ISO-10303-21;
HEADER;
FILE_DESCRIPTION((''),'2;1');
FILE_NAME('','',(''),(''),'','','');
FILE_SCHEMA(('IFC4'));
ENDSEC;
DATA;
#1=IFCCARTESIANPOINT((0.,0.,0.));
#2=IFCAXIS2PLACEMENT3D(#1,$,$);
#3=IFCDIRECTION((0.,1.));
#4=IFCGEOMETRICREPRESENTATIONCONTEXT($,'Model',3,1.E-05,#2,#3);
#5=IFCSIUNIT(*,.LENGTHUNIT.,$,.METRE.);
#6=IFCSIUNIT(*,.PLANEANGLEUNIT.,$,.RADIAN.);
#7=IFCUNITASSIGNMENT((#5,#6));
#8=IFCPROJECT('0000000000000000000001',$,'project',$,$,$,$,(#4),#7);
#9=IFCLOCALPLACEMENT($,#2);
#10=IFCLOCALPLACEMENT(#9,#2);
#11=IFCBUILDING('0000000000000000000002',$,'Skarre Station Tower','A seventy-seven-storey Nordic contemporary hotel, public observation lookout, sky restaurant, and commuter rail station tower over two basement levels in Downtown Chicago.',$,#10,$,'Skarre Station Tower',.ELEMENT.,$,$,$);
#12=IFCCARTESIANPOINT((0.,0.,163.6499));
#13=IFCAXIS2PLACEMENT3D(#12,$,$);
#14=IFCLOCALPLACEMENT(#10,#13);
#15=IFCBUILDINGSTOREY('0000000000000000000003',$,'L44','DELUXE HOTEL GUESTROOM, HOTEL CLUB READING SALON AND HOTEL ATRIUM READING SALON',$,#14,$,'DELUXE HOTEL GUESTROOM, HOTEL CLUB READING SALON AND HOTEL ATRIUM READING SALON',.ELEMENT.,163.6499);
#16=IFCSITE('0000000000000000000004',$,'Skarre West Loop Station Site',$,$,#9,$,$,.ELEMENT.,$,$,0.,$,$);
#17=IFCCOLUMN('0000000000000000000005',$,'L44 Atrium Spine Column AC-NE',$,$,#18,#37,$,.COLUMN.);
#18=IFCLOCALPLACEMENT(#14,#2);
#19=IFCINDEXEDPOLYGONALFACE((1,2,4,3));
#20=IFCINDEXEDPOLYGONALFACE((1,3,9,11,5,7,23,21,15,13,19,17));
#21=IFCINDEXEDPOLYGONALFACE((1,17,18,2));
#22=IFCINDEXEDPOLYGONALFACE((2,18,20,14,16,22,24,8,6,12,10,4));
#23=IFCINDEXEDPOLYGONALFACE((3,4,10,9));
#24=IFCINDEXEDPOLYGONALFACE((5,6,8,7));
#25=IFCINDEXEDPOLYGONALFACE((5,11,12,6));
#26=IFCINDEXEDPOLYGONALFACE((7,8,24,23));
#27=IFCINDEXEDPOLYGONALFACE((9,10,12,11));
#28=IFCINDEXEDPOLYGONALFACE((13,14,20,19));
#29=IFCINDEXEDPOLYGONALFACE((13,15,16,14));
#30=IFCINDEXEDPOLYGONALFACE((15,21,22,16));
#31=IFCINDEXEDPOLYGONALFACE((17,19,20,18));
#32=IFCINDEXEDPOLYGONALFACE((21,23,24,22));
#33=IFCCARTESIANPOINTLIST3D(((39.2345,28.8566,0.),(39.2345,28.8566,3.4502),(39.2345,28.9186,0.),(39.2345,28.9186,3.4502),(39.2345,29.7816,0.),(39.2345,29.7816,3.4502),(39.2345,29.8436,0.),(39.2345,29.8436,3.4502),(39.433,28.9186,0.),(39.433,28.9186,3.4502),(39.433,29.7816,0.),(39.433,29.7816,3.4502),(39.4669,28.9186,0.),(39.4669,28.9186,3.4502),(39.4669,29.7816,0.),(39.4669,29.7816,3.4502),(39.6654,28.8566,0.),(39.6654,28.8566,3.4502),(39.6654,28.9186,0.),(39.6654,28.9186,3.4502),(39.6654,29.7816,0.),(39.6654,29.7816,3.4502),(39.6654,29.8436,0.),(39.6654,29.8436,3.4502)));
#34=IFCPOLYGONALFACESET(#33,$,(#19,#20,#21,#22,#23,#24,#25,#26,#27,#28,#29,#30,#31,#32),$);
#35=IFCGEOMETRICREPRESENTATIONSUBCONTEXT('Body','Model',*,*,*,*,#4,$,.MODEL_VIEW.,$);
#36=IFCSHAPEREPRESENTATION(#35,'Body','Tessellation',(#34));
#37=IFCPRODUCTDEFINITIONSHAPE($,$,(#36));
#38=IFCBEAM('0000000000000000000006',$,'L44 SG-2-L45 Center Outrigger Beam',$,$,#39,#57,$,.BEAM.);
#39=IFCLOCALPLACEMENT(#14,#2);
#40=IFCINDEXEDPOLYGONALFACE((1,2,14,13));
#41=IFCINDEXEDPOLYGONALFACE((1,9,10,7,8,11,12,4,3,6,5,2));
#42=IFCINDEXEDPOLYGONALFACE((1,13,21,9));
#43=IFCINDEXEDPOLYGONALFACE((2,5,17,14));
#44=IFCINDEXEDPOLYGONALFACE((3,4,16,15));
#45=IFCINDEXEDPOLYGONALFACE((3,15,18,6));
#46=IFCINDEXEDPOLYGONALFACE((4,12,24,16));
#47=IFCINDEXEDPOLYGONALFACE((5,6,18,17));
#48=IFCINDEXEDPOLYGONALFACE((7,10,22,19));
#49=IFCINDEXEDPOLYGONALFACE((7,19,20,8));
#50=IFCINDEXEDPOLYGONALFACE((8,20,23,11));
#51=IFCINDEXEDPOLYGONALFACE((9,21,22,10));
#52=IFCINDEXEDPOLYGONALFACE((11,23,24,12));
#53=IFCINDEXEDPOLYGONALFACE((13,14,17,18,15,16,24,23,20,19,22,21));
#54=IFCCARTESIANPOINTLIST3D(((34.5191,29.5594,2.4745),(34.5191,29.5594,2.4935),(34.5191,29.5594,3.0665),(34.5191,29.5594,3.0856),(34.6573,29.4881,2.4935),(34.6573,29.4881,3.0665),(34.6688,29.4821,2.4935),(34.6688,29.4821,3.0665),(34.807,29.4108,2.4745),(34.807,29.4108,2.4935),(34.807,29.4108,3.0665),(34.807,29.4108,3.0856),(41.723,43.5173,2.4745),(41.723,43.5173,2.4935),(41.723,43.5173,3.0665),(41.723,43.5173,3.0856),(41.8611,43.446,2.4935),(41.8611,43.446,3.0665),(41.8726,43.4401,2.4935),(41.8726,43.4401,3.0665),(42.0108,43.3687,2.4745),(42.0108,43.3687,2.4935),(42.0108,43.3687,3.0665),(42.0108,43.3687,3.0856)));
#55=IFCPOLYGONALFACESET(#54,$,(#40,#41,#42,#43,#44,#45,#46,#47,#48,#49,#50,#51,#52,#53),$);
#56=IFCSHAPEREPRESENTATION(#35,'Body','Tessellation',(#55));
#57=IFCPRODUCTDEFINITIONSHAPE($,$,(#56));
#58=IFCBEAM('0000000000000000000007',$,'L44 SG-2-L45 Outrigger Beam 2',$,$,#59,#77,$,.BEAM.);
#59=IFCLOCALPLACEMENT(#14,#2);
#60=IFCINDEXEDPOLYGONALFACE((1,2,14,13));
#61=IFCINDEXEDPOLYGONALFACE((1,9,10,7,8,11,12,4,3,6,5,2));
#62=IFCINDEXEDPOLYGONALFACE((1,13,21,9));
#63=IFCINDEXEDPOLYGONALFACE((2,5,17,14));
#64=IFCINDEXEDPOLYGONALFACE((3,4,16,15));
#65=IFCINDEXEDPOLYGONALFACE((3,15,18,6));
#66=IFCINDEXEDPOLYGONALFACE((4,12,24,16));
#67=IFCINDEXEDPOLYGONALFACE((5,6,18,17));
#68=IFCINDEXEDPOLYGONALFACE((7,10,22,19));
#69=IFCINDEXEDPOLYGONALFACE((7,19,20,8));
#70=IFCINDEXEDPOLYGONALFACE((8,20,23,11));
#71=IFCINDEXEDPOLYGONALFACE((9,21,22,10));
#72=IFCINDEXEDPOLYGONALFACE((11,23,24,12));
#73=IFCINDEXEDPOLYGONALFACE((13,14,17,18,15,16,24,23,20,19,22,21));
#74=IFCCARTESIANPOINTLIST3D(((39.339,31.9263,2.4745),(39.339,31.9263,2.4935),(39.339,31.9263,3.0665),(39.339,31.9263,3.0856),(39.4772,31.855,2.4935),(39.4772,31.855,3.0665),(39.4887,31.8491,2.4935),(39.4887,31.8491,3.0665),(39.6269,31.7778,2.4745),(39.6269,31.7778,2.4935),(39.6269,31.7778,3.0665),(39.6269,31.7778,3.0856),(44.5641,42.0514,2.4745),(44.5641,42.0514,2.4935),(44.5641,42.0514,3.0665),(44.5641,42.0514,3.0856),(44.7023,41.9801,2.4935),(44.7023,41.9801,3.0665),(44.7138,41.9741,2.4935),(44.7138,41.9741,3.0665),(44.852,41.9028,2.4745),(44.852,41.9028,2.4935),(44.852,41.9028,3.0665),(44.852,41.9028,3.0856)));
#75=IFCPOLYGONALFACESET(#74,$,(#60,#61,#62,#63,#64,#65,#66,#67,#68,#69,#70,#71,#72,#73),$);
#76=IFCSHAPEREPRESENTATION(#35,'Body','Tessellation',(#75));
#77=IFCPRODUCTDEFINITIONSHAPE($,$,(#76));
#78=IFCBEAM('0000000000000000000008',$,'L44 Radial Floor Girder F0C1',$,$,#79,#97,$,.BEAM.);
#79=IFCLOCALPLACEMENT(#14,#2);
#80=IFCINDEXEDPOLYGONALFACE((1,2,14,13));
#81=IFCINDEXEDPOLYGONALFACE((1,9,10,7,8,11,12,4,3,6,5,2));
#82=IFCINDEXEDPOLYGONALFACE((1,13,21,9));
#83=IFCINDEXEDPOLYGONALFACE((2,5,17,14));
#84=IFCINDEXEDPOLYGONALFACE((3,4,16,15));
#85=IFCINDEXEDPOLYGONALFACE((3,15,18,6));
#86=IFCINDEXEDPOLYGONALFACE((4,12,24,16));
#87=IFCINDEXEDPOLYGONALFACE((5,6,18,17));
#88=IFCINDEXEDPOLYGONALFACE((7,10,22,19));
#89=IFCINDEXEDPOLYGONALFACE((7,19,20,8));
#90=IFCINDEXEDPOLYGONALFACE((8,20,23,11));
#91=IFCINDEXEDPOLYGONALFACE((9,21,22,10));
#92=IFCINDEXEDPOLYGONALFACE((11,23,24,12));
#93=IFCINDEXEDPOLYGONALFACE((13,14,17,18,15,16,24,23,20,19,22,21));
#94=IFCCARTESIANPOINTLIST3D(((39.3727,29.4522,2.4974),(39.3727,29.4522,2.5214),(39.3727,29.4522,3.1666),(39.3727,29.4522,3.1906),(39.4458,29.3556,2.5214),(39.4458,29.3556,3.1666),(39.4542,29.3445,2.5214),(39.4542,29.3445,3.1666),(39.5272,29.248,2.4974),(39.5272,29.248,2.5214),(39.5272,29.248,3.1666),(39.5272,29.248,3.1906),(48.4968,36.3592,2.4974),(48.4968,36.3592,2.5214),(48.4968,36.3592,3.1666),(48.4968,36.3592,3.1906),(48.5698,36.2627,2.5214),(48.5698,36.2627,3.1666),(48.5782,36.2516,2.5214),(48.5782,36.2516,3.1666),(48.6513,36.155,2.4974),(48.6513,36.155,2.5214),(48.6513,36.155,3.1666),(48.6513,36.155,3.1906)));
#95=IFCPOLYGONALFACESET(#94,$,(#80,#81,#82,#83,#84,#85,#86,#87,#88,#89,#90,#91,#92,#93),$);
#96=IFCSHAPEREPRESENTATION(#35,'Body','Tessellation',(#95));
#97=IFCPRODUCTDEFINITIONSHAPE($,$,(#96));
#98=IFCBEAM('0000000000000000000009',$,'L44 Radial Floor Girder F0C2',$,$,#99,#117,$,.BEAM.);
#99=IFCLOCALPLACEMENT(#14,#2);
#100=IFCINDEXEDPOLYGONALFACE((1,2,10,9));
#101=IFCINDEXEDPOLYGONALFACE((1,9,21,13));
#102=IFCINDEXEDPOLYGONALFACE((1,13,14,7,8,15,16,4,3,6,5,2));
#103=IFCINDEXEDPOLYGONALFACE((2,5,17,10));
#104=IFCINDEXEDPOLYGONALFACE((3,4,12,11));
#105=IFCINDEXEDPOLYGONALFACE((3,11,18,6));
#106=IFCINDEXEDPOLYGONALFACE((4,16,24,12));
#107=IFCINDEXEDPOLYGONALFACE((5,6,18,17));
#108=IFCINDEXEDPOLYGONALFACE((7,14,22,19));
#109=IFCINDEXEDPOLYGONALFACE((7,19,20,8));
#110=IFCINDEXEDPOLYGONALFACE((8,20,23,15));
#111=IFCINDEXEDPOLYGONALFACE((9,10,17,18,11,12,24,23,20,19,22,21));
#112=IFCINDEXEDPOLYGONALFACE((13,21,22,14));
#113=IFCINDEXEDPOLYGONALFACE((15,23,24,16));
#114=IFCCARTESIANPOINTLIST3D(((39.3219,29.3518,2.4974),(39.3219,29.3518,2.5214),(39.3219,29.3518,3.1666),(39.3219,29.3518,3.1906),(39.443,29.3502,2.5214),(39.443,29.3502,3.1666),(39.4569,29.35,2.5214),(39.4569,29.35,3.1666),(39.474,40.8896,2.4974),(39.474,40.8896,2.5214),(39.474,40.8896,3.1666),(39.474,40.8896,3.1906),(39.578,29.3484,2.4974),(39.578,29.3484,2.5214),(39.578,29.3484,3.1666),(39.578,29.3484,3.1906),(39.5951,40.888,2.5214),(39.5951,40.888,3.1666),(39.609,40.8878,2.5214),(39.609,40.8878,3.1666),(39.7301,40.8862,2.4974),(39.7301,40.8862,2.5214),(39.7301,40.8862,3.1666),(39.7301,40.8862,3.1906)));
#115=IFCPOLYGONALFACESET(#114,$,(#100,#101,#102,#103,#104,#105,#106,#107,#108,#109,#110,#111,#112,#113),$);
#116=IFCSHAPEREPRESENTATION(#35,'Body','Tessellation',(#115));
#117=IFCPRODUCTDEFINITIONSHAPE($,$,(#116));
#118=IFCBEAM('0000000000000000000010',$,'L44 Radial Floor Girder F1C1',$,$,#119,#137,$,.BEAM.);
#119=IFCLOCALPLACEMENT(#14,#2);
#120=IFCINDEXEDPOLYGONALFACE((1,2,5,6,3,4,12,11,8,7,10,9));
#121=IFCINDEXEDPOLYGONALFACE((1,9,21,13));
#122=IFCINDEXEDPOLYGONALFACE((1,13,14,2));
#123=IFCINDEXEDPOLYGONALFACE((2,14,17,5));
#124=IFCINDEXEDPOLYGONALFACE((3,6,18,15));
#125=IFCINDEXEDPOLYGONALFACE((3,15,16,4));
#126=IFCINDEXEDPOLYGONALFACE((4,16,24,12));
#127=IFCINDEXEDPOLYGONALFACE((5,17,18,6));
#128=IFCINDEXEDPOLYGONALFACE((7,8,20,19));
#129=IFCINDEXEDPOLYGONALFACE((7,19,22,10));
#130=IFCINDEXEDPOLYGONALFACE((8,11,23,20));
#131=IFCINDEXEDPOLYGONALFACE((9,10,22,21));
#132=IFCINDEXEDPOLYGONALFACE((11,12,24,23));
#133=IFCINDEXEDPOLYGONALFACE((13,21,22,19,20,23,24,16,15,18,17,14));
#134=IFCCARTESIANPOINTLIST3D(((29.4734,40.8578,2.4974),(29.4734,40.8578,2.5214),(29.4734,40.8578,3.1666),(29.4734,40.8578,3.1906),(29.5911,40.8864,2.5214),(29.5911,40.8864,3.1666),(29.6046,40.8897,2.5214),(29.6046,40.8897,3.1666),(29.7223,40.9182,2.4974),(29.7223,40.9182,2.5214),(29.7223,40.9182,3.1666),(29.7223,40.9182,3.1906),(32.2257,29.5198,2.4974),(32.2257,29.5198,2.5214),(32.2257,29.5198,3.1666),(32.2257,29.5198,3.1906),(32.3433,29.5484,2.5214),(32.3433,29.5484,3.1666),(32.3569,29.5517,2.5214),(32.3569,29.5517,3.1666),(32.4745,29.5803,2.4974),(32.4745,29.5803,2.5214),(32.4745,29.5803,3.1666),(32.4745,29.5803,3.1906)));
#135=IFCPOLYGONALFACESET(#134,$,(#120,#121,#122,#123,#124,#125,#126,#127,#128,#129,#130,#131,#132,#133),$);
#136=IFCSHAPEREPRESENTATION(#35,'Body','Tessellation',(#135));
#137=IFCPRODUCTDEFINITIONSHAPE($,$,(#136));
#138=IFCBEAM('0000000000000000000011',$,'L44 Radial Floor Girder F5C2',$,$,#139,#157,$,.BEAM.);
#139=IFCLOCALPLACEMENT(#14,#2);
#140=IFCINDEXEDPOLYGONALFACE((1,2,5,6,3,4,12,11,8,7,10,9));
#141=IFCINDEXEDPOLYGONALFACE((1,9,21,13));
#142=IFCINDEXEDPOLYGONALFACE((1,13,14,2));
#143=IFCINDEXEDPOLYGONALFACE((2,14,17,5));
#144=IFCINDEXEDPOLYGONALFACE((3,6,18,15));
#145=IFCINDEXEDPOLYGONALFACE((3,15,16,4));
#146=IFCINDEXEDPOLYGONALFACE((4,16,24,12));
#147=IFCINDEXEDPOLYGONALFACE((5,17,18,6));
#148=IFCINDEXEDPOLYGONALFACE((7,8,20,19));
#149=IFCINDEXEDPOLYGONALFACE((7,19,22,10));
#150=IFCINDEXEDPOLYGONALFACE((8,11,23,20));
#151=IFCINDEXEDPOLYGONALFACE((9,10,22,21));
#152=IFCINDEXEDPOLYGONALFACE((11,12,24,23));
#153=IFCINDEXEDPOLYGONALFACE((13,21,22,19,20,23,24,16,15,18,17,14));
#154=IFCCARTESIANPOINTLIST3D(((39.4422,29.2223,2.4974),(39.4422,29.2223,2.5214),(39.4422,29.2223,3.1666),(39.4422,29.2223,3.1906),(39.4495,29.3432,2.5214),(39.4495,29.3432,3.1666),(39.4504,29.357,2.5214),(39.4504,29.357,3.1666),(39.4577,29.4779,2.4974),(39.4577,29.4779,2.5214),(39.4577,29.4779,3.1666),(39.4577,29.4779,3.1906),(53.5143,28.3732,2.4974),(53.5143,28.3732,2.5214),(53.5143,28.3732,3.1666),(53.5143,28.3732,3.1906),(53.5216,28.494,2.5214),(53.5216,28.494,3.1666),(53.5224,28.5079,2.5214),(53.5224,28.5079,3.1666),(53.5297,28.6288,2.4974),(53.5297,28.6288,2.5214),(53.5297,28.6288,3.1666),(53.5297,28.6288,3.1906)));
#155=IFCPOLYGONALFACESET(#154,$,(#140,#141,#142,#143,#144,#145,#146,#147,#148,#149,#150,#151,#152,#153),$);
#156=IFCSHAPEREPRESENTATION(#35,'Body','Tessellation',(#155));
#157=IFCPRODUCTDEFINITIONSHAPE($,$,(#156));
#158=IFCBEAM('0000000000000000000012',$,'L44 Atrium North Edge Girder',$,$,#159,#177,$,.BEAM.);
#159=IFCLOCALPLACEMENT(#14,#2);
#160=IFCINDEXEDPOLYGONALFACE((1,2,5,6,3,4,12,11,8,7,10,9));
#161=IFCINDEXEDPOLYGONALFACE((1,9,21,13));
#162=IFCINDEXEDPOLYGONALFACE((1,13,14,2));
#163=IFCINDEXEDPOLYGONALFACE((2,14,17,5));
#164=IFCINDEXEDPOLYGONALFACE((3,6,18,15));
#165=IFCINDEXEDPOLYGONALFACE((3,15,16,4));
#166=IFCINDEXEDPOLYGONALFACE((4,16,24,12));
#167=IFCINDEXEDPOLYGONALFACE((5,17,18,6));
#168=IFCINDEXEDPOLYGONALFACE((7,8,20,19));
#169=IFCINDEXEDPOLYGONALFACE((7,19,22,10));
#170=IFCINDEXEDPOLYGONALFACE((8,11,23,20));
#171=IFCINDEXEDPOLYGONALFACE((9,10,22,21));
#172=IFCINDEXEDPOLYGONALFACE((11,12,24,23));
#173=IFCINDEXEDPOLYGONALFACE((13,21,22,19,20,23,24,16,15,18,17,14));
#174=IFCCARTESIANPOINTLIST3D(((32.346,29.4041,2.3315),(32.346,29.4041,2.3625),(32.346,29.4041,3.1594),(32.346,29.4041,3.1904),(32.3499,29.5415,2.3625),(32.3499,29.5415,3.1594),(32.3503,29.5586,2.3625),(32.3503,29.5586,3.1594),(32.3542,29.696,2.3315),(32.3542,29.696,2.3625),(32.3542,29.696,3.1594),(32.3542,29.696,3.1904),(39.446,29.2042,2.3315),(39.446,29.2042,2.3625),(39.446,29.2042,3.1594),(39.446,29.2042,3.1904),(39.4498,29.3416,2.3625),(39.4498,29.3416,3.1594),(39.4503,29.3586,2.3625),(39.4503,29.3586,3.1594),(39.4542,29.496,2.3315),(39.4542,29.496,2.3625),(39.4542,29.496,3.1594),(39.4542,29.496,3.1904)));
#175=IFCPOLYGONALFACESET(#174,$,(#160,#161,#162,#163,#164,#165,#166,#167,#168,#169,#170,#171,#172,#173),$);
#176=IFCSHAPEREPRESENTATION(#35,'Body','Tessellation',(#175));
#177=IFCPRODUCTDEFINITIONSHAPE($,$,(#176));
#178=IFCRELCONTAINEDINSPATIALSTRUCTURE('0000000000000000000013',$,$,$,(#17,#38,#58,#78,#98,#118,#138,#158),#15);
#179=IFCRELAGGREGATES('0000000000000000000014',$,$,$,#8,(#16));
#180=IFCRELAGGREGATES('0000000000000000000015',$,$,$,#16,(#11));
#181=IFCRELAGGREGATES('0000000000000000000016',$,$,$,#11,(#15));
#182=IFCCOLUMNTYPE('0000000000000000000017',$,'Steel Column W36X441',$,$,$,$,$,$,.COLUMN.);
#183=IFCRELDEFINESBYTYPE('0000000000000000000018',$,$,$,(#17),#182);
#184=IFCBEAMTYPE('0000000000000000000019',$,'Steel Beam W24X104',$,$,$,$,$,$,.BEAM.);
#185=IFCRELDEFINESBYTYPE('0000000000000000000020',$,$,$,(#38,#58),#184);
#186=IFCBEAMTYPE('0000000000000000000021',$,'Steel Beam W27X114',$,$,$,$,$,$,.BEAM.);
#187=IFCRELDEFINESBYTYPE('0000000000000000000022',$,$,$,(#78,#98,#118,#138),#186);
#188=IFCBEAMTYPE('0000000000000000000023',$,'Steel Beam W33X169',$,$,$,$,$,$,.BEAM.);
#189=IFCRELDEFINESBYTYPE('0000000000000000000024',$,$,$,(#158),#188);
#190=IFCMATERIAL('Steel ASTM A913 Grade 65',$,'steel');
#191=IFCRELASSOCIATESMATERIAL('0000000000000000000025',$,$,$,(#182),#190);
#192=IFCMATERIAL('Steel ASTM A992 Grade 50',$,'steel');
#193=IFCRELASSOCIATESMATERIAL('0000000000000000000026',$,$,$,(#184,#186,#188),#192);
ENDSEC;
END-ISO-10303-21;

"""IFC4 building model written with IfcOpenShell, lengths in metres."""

from ifc_helpers import new_model, si_unit, direction, frame, origin, origin_2d, place, context, subcontext, project, spatial, i_section, extrude, material, material_profile, profile_set, type_object, element, save


model = new_model("IFC4")

# Units and contexts
model_context = context("Model", 3, precision=1e-05, world=origin(), true_north=direction((0.0, 1.0)))
body_context = subcontext(model_context, "Body", "Model", "MODEL_VIEW")
ifc_project = project(units=[si_unit("LENGTHUNIT", "METRE"), si_unit("PLANEANGLEUNIT", "RADIAN")], contexts=[model_context])

# Site, building, storey
site_placement = place(None, origin())
site = spatial("IfcSite", under=ifc_project, at=site_placement, Name="Skarre West Loop Station Site", CompositionType="ELEMENT", RefElevation=0.0)
building_placement = place(site_placement, origin())
building = spatial("IfcBuilding", under=site, at=building_placement, Name="Skarre Station Tower", Description="A seventy-seven-storey Nordic contemporary hotel, public observation lookout, sky restaurant, and commuter rail station tower over two basement levels in Downtown Chicago.", LongName="Skarre Station Tower", CompositionType="ELEMENT")
storey_placement = place(building_placement, frame((0.0, 0.0, 163.6499)))
storey = spatial("IfcBuildingStorey", under=building, at=storey_placement, Name="L44", Description="DELUXE HOTEL GUESTROOM, HOTEL CLUB READING SALON AND HOTEL ATRIUM READING SALON", LongName="DELUXE HOTEL GUESTROOM, HOTEL CLUB READING SALON AND HOTEL ATRIUM READING SALON", CompositionType="ELEMENT", Elevation=163.6499)

# Column
ifc_material_1 = material(Name="Steel ASTM A913 Grade 65", Category="steel")
ifc_material_profile_1 = material_profile(ifc_material_1, i_section(OverallWidth=0.4309, OverallDepth=0.9871, WebThickness=0.0339, FlangeThickness=0.062, at=origin_2d()), Name="Steel ASTM A913 Grade 65")
ifc_profile_set_1 = profile_set([ifc_material_profile_1], Name="Steel ASTM A913 Grade 65")
column_type = type_object("IfcColumnType", Name="Steel Column W36X441", PredefinedType="COLUMN", material=ifc_profile_set_1)
column_placement = place(storey_placement, frame((39.45, 29.3501, 0.0), z_axis=(0.0, 0.0, 1.0), x_axis=(1.0, 0.0, 0.0)))
element("IfcColumn", 1, at=column_placement, inside=storey, type_object=column_type, Name="L44 Atrium Spine Column AC-NE", PredefinedType="COLUMN", context=body_context, shape_type="SweptSolid", body=[
    extrude(i_section(OverallWidth=0.4309, OverallDepth=0.9871, WebThickness=0.0339, FlangeThickness=0.062, at=origin_2d()), origin(), (0.0, 0.0, 1.0), 3.4502),
])

# Beams
ifc_material_2 = material(Name="Steel ASTM A992 Grade 50", Category="steel")
ifc_material_profile_2 = material_profile(ifc_material_2, i_section(OverallWidth=0.324, OverallDepth=0.6111, WebThickness=0.0129, FlangeThickness=0.019, at=origin_2d()), Name="Steel ASTM A992 Grade 50")
ifc_profile_set_2 = profile_set([ifc_material_profile_2], Name="Steel ASTM A992 Grade 50")
beam_type_1 = type_object("IfcBeamType", Name="Steel Beam W24X104", PredefinedType="BEAM", material=ifc_profile_set_2)
beam_1_placement = place(storey_placement, frame((34.6631, 29.4851, 2.78), z_axis=(0.458629, 0.888628, 0.0), x_axis=(-0.888628, 0.458629, 0.0)))
element("IfcBeam", 2, at=beam_1_placement, inside=storey, type_object=beam_type_1, Name="L44 SG-2-L45 Center Outrigger Beam", PredefinedType="BEAM", context=body_context, shape_type="SweptSolid", body=[
    extrude(i_section(OverallWidth=0.324, OverallDepth=0.6111, WebThickness=0.0129, FlangeThickness=0.019, at=origin_2d()), origin(), (0.0, 0.0, 1.0), 15.7073),
])
beam_2_placement = place(storey_placement, frame((39.4829, 31.8521, 2.78), z_axis=(0.458594, 0.888646, 0.0), x_axis=(-0.888646, 0.458594, 0.0)))
element("IfcBeam", 3, at=beam_2_placement, inside=storey, type_object=beam_type_1, Name="L44 SG-2-L45 Outrigger Beam 2", PredefinedType="BEAM", context=body_context, shape_type="SweptSolid", body=[
    extrude(i_section(OverallWidth=0.324, OverallDepth=0.6111, WebThickness=0.0129, FlangeThickness=0.019, at=origin_2d()), origin(), (0.0, 0.0, 1.0), 11.3938),
])
ifc_material_profile_3 = material_profile(ifc_material_2, i_section(OverallWidth=0.2561, OverallDepth=0.6931, WebThickness=0.0139, FlangeThickness=0.0239, at=origin_2d()), Name="Steel ASTM A992 Grade 50")
ifc_profile_set_3 = profile_set([ifc_material_profile_3], Name="Steel ASTM A992 Grade 50")
beam_type_2 = type_object("IfcBeamType", Name="Steel Beam W27X114", PredefinedType="BEAM", material=ifc_profile_set_3)
beam_3_placement = place(storey_placement, frame((39.45, 29.3501, 2.844), z_axis=(0.797309, 0.603571, 0.0), x_axis=(-0.603571, 0.797309, 0.0)))
element("IfcBeam", 4, at=beam_3_placement, inside=storey, type_object=beam_type_2, Name="L44 Radial Floor Girder F0C1", PredefinedType="BEAM", context=body_context, shape_type="SweptSolid", body=[
    extrude(i_section(OverallWidth=0.2561, OverallDepth=0.6931, WebThickness=0.0139, FlangeThickness=0.0239, at=origin_2d()), origin(), (0.0, 0.0, 1.0), 11.4436),
])
beam_4_placement = place(storey_placement, frame((39.45, 29.3501, 2.844), z_axis=(0.013182, 0.999913, 0.0), x_axis=(-0.999913, 0.013182, 0.0)))
element("IfcBeam", 5, at=beam_4_placement, inside=storey, type_object=beam_type_2, Name="L44 Radial Floor Girder F0C2", PredefinedType="BEAM", context=body_context, shape_type="SweptSolid", body=[
    extrude(i_section(OverallWidth=0.2561, OverallDepth=0.6931, WebThickness=0.0139, FlangeThickness=0.0239, at=origin_2d()), origin(), (0.0, 0.0, 1.0), 11.5388),
])
beam_5_placement = place(storey_placement, frame((32.3501, 29.55, 2.844), z_axis=(-0.235893, 0.971779, 0.0), x_axis=(-0.971779, -0.235893, 0.0)))
element("IfcBeam", 6, at=beam_5_placement, inside=storey, type_object=beam_type_2, Name="L44 Radial Floor Girder F1C1", PredefinedType="BEAM", context=body_context, shape_type="SweptSolid", body=[
    extrude(i_section(OverallWidth=0.2561, OverallDepth=0.6931, WebThickness=0.0139, FlangeThickness=0.0239, at=origin_2d()), origin(), (0.0, 0.0, 1.0), 11.6672),
])
beam_6_placement = place(storey_placement, frame((39.45, 29.3501, 2.844), z_axis=(0.998184, -0.060232, 0.0), x_axis=(0.060232, 0.998184, 0.0)))
element("IfcBeam", 7, at=beam_6_placement, inside=storey, type_object=beam_type_2, Name="L44 Radial Floor Girder F5C2", PredefinedType="BEAM", context=body_context, shape_type="SweptSolid", body=[
    extrude(i_section(OverallWidth=0.2561, OverallDepth=0.6931, WebThickness=0.0139, FlangeThickness=0.0239, at=origin_2d()), origin(), (0.0, 0.0, 1.0), 14.0977),
])
ifc_material_profile_4 = material_profile(ifc_material_2, i_section(OverallWidth=0.292, OverallDepth=0.8589, WebThickness=0.0171, FlangeThickness=0.031, at=origin_2d()), Name="Steel ASTM A992 Grade 50")
ifc_profile_set_4 = profile_set([ifc_material_profile_4], Name="Steel ASTM A992 Grade 50")
beam_type_3 = type_object("IfcBeamType", Name="Steel Beam W33X169", PredefinedType="BEAM", material=ifc_profile_set_4)
beam_7_placement = place(storey_placement, frame((32.3501, 29.55, 2.761), z_axis=(0.999604, -0.028152, 0.0), x_axis=(0.028152, 0.999604, 0.0)))
element("IfcBeam", 8, at=beam_7_placement, inside=storey, type_object=beam_type_3, Name="L44 Atrium North Edge Girder", PredefinedType="BEAM", context=body_context, shape_type="SweptSolid", body=[
    extrude(i_section(OverallWidth=0.292, OverallDepth=0.8589, WebThickness=0.0171, FlangeThickness=0.031, at=origin_2d()), origin(), (0.0, 0.0, 1.0), 7.1028),
])

save(model, "model.ifc")
